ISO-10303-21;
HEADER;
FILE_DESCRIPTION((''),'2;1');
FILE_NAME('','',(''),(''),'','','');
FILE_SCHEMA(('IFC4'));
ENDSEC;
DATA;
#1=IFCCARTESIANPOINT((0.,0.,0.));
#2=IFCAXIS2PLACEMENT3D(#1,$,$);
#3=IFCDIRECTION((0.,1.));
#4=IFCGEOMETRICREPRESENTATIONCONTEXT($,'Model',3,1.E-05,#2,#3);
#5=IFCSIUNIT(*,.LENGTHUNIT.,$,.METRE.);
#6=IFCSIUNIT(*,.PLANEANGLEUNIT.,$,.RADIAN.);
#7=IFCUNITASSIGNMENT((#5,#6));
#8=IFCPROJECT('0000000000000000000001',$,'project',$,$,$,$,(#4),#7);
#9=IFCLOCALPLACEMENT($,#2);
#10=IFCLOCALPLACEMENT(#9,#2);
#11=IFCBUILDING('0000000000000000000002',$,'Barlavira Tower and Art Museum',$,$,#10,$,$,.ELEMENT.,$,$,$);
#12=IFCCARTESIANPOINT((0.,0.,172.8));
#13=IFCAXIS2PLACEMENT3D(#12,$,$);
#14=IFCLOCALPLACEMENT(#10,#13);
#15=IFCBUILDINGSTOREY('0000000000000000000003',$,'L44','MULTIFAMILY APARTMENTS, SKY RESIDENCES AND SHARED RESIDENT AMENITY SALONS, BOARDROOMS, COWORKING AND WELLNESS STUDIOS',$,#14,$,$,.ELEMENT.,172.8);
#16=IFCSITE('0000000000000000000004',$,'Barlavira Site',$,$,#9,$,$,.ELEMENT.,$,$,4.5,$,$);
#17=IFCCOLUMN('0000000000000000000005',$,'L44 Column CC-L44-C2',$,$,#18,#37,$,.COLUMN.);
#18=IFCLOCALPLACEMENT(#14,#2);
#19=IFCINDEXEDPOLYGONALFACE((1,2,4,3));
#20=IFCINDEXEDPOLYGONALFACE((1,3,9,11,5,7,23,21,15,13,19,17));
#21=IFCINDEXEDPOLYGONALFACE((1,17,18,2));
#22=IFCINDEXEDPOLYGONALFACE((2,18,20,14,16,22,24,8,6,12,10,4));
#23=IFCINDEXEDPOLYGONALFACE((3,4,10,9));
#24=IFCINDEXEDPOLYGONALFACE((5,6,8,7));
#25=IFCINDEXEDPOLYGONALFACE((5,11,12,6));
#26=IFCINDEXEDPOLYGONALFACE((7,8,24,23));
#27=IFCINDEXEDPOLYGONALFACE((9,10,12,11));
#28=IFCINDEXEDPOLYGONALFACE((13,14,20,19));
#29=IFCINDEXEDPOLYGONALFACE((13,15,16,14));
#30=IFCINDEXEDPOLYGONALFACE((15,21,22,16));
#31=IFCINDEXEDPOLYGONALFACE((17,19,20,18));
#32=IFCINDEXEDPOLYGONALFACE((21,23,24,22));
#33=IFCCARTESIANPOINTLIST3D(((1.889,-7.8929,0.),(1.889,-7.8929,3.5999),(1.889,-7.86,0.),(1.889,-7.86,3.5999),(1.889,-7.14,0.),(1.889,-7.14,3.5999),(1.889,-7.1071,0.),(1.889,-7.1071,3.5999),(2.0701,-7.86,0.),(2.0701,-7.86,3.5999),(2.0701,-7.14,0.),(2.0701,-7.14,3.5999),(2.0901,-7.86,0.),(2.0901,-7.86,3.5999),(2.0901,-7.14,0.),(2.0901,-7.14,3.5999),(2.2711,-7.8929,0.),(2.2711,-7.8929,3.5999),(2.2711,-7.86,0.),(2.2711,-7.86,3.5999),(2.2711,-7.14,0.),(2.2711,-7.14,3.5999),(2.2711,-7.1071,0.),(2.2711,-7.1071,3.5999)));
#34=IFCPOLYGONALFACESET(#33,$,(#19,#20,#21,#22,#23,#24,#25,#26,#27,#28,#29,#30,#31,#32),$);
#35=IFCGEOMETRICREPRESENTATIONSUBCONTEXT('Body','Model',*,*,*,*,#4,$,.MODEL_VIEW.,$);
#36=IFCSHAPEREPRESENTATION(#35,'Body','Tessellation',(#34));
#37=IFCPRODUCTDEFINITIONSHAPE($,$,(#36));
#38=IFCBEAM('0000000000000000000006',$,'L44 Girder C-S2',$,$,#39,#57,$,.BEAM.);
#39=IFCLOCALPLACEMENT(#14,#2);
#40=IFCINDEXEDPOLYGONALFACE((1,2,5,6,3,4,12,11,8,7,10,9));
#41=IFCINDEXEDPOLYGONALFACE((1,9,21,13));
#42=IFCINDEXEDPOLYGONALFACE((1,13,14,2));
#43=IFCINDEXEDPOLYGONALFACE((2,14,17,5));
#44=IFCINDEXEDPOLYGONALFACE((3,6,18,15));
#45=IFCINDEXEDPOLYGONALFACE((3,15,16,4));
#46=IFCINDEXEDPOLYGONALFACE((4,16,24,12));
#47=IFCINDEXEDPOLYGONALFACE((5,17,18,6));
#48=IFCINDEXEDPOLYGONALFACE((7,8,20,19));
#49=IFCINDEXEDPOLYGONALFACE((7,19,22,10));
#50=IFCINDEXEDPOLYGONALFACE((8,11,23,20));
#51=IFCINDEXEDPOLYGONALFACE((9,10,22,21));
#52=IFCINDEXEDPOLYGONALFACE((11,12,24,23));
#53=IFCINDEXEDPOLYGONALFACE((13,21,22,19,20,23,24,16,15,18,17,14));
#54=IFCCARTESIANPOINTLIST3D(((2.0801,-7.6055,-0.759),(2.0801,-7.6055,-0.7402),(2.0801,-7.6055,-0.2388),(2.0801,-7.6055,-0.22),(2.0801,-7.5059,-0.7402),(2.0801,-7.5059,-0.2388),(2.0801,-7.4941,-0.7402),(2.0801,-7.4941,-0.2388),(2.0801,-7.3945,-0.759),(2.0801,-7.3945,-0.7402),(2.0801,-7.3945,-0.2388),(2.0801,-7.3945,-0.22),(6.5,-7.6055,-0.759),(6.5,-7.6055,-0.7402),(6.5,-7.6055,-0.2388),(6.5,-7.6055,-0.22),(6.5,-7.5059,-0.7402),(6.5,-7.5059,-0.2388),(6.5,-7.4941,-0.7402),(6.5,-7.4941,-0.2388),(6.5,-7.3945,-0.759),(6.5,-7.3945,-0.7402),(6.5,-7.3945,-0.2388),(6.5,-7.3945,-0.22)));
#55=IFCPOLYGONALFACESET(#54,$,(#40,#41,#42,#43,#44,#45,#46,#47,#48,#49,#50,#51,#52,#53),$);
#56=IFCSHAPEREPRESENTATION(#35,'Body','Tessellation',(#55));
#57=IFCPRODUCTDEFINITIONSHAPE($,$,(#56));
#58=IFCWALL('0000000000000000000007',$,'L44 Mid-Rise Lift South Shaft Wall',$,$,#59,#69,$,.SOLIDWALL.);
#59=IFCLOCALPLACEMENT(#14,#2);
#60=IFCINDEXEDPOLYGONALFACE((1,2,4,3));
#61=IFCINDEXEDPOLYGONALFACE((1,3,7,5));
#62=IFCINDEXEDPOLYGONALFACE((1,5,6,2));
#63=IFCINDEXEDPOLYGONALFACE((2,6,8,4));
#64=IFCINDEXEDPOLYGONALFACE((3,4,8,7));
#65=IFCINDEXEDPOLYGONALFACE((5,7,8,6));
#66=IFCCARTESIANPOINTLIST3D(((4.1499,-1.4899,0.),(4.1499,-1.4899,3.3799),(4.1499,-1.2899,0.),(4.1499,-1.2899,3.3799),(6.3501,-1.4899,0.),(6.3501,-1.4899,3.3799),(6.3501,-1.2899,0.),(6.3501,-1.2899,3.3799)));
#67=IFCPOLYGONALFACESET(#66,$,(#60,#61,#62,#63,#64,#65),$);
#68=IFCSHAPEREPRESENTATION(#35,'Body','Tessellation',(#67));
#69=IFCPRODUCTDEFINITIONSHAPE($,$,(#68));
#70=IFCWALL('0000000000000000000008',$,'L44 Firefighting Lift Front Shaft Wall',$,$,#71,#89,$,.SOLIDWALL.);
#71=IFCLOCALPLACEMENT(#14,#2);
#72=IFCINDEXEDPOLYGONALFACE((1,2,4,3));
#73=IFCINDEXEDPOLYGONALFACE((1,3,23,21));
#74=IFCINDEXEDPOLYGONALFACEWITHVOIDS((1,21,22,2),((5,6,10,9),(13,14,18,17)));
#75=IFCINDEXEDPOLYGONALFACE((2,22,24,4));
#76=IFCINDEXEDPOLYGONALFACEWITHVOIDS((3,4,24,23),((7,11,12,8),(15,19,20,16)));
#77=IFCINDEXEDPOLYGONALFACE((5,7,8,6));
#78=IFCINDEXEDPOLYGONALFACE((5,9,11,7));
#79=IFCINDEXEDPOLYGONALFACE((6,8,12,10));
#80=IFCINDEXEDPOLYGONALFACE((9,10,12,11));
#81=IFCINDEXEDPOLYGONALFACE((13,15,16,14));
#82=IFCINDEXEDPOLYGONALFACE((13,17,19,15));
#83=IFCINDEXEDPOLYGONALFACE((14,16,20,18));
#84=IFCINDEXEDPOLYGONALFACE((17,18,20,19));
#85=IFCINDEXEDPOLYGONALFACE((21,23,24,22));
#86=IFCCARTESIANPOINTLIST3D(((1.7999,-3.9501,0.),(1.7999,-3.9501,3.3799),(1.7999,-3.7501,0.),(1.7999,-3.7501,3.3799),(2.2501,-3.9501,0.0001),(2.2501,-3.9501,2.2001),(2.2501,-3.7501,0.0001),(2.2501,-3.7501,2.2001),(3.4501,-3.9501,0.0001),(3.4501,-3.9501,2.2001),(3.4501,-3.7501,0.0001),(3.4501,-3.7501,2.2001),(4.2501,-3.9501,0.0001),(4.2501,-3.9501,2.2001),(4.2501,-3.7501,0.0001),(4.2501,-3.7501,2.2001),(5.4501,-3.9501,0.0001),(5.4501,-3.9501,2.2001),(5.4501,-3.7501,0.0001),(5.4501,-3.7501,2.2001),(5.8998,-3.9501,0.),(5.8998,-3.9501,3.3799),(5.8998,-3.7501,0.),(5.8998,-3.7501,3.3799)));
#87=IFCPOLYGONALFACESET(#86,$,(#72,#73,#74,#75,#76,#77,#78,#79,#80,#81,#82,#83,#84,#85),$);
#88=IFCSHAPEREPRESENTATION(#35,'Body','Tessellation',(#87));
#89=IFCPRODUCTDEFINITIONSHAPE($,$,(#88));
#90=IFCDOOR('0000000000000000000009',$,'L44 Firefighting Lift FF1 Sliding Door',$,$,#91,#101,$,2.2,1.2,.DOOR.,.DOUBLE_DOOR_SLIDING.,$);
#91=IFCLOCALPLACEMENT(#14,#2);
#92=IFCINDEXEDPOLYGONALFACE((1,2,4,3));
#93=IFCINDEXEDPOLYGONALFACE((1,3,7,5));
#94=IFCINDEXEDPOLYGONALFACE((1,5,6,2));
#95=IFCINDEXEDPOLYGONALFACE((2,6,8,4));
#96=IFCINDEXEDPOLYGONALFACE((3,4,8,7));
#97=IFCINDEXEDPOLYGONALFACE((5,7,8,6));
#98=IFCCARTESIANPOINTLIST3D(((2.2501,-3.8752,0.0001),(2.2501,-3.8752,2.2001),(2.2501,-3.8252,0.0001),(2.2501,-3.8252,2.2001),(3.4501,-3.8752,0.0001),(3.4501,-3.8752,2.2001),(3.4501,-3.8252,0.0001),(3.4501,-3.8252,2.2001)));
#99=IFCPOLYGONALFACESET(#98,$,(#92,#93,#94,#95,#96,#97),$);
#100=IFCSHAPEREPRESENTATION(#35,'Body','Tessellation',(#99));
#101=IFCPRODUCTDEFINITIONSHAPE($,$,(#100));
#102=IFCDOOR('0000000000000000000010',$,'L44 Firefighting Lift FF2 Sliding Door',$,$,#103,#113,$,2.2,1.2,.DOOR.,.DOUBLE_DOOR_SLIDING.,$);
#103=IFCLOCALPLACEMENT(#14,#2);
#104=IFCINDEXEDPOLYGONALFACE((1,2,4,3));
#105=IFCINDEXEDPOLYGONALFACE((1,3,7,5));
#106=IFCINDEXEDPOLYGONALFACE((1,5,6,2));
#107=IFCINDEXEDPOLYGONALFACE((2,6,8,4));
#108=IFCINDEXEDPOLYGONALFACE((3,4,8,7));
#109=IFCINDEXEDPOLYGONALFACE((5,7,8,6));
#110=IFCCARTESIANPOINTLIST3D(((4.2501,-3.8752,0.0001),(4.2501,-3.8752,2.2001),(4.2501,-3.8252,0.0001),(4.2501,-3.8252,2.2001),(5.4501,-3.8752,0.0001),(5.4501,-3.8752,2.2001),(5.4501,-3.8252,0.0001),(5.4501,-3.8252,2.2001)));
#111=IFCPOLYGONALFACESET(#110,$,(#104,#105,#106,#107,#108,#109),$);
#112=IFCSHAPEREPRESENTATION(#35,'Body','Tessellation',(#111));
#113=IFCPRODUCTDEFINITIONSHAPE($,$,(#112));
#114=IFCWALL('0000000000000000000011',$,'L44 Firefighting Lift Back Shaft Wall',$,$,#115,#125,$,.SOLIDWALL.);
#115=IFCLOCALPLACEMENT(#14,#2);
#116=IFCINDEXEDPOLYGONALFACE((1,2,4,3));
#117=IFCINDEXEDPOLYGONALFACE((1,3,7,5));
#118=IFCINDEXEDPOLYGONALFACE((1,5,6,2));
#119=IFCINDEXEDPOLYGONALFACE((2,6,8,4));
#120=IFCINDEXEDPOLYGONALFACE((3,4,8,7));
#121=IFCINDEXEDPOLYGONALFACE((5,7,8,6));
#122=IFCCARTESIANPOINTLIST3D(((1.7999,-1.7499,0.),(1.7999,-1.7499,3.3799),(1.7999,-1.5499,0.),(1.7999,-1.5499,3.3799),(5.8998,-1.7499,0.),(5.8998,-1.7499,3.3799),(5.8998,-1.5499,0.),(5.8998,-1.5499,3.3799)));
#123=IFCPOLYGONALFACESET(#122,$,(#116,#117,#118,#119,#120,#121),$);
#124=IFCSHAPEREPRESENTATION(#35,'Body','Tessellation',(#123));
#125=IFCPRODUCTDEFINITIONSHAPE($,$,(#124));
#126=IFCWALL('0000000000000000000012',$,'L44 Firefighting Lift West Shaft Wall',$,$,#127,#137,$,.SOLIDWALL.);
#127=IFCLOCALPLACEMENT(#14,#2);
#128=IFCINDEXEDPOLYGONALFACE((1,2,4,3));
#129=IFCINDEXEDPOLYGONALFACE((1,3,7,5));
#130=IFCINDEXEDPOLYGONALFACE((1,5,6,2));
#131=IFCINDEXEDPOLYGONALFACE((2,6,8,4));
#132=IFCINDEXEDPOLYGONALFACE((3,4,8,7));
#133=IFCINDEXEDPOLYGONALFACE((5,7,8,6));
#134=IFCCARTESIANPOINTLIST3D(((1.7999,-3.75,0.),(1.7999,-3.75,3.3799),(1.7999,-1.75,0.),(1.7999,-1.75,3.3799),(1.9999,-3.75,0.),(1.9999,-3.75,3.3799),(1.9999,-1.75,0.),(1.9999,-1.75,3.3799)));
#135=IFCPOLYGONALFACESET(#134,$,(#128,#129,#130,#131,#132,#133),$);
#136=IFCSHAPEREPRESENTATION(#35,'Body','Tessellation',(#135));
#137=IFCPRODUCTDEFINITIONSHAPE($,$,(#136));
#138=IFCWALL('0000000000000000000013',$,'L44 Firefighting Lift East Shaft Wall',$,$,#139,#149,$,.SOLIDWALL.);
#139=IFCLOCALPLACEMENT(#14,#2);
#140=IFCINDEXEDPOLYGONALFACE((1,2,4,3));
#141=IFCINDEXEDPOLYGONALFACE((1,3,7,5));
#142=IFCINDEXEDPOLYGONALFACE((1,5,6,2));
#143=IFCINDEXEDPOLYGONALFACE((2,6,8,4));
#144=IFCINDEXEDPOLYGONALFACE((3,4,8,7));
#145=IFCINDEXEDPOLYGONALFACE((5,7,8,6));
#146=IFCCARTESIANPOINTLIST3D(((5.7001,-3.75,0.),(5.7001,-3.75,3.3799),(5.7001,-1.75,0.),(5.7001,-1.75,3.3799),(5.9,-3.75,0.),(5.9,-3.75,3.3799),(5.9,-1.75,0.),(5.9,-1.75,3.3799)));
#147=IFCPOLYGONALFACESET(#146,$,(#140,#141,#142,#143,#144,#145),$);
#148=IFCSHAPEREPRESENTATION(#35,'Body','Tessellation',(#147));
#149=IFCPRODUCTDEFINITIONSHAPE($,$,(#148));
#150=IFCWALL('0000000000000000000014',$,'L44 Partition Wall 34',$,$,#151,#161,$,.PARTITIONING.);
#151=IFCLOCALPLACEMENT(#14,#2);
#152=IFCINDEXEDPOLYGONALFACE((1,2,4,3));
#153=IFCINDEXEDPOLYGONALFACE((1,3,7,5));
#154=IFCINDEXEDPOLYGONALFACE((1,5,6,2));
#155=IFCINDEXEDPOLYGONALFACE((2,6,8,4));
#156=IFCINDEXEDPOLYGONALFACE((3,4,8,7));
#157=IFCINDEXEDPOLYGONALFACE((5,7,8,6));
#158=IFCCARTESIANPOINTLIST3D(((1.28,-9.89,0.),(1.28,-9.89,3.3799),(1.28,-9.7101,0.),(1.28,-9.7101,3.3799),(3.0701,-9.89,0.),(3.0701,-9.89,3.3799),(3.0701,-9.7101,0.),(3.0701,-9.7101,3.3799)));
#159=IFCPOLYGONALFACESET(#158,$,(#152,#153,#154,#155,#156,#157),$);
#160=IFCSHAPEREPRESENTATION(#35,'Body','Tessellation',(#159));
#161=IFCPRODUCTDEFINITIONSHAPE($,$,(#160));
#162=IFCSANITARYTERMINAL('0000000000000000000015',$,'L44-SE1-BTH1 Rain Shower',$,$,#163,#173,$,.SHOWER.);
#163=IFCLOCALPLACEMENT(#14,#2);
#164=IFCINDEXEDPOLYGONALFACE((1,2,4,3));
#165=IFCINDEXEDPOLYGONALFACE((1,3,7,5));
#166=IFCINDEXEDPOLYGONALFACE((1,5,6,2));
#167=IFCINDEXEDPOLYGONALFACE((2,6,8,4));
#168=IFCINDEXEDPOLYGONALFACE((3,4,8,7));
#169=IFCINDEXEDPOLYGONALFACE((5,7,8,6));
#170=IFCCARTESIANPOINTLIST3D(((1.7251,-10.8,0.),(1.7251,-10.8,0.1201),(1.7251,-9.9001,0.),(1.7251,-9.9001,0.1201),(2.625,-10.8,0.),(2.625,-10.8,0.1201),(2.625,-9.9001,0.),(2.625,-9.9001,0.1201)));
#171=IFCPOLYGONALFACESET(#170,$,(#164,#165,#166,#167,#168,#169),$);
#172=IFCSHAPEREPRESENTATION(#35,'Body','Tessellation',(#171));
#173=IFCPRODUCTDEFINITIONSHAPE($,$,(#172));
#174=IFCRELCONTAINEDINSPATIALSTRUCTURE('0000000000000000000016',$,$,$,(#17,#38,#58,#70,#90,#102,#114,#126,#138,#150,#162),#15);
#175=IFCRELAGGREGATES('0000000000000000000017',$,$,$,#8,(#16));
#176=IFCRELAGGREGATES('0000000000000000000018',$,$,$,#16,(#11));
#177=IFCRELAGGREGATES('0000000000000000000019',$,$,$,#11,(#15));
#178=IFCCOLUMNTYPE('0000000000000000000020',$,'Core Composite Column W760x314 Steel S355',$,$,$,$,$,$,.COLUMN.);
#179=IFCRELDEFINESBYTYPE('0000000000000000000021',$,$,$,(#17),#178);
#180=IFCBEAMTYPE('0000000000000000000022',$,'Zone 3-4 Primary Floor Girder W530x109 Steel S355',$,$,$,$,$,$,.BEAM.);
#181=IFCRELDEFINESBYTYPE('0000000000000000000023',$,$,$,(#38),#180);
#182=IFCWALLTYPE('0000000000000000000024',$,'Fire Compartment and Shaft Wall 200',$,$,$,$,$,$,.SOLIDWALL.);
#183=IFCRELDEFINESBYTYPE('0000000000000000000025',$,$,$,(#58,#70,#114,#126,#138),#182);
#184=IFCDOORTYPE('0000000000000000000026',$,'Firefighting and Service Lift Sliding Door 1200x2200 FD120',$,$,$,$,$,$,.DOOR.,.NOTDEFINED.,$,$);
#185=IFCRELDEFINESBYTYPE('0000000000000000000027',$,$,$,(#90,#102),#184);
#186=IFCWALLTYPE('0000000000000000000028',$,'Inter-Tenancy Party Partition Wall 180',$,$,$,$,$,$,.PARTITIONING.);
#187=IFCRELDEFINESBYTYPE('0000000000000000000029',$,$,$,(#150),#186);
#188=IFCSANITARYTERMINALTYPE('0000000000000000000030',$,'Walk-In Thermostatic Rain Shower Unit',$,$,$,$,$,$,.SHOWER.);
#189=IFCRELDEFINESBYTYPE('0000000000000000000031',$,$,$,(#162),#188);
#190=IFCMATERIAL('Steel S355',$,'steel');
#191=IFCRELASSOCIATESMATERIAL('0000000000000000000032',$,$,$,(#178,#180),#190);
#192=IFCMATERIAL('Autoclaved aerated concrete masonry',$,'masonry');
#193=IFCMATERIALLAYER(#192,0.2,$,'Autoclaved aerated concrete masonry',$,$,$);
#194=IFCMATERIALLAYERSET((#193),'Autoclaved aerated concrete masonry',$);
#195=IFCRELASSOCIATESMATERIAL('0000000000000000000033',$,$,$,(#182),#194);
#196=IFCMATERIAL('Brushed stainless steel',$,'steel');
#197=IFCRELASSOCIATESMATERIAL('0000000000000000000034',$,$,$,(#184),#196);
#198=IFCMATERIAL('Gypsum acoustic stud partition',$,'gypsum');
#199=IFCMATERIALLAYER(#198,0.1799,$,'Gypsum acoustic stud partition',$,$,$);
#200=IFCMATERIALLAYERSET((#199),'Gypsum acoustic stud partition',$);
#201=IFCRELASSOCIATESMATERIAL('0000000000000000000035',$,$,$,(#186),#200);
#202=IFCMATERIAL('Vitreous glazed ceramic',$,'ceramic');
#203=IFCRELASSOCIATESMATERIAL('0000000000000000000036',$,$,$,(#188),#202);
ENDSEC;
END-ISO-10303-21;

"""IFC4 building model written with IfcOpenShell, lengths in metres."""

from ifc_helpers import new_model, si_unit, direction, frame, frame_2d, origin, origin_2d, place, context, subcontext, project, spatial, rectangle, i_section, extrude, material, layer, layer_set, material_profile, profile_set, type_object, element, fill, save


model = new_model("IFC4")

# Units and contexts
model_context = context("Model", 3, precision=1e-05, world=origin(), true_north=direction((0.0, 1.0)))
body_context = subcontext(model_context, "Body", "Model", "MODEL_VIEW")
ifc_project = project(units=[si_unit("LENGTHUNIT", "METRE"), si_unit("PLANEANGLEUNIT", "RADIAN")], contexts=[model_context])

# Site, building, storey
site_placement = place(None, origin())
site = spatial("IfcSite", under=ifc_project, at=site_placement, Name="Barlavira Site", CompositionType="ELEMENT", RefElevation=4.5)
building_placement = place(site_placement, origin())
building = spatial("IfcBuilding", under=site, at=building_placement, Name="Barlavira Tower and Art Museum", CompositionType="ELEMENT")
storey_placement = place(building_placement, frame((0.0, 0.0, 172.8)))
storey = spatial("IfcBuildingStorey", under=building, at=storey_placement, Name="L44", Description="MULTIFAMILY APARTMENTS, SKY RESIDENCES AND SHARED RESIDENT AMENITY SALONS, BOARDROOMS, COWORKING AND WELLNESS STUDIOS", CompositionType="ELEMENT", Elevation=172.8)

# Column
ifc_material_1 = material(Name="Steel S355", Category="steel")
ifc_material_profile_1 = material_profile(ifc_material_1, i_section(OverallWidth=0.3821, OverallDepth=0.7859, WebThickness=0.02, FlangeThickness=0.033, at=origin_2d()), Name="W760x314.0")
ifc_profile_set_1 = profile_set([ifc_material_profile_1], Name="Steel S355")
column_type = type_object("IfcColumnType", Name="Core Composite Column W760x314 Steel S355", PredefinedType="COLUMN", material=ifc_profile_set_1)
column_placement = place(storey_placement, frame((2.0801, -7.5, 0.0), z_axis=(0.0, 0.0, 1.0), x_axis=(1.0, 0.0, 0.0)))
element("IfcColumn", 1, at=column_placement, inside=storey, type_object=column_type, Name="L44 Column CC-L44-C2", PredefinedType="COLUMN", context=body_context, shape_type="SweptSolid", body=[
    extrude(i_section(OverallWidth=0.3821, OverallDepth=0.7859, WebThickness=0.02, FlangeThickness=0.033, at=origin_2d()), origin(), (0.0, 0.0, 1.0), 3.5999),
])

# Beam
ifc_material_profile_2 = material_profile(ifc_material_1, i_section(OverallWidth=0.2109, OverallDepth=0.5391, WebThickness=0.0117, FlangeThickness=0.0188, at=origin_2d()), Name="W530x109.0")
ifc_profile_set_2 = profile_set([ifc_material_profile_2], Name="Steel S355")
beam_type = type_object("IfcBeamType", Name="Zone 3-4 Primary Floor Girder W530x109 Steel S355", PredefinedType="BEAM", material=ifc_profile_set_2)
beam_placement = place(storey_placement, frame((2.0801, -7.5, -0.4895), z_axis=(1.0, 0.0, 0.0), x_axis=(0.0, 1.0, 0.0)))
element("IfcBeam", 2, at=beam_placement, inside=storey, type_object=beam_type, Name="L44 Girder C-S2", PredefinedType="BEAM", context=body_context, shape_type="SweptSolid", body=[
    extrude(i_section(OverallWidth=0.2109, OverallDepth=0.5391, WebThickness=0.0117, FlangeThickness=0.0188, at=origin_2d()), origin(), (0.0, 0.0, 1.0), 4.4199),
])

# Shared definitions
ifc_material_2 = material(Name="Autoclaved aerated concrete masonry", Category="masonry")
ifc_layer_1 = layer(ifc_material_2, 0.2, Name="Autoclaved aerated concrete masonry")
ifc_layer_set_1 = layer_set([ifc_layer_1], Name="Autoclaved aerated concrete masonry")
wall_type_1 = type_object("IfcWallType", Name="Fire Compartment and Shaft Wall 200", PredefinedType="SOLIDWALL", material=ifc_layer_set_1)
ifc_material_3 = material(Name="Brushed stainless steel", Category="steel")

# Wall
wall_1_placement = place(storey_placement, frame((4.1499, -1.3899, 0.0), z_axis=(0.0, 0.0, 1.0), x_axis=(1.0, 0.0, 0.0)))
element("IfcWall", 3, at=wall_1_placement, inside=storey, type_object=wall_type_1, Name="L44 Mid-Rise Lift South Shaft Wall", PredefinedType="SOLIDWALL", context=body_context, shape_type="SweptSolid", body=[
    extrude(rectangle(XDim=2.2002, YDim=0.2, at=frame_2d((1.1001, 0.0))), origin(), (0.0, 0.0, 1.0), 3.3799),
])

# Wall, openings, doors
wall_2_placement = place(storey_placement, frame((1.8, -3.8501, 0.0), z_axis=(0.0, 0.0, 1.0), x_axis=(1.0, 0.0, 0.0)))
wall_2 = element("IfcWall", 4, at=wall_2_placement, inside=storey, type_object=wall_type_1, Name="L44 Firefighting Lift Front Shaft Wall", PredefinedType="SOLIDWALL", context=body_context, shape_type="SweptSolid", body=[
    extrude(rectangle(XDim=4.0999, YDim=0.2, at=frame_2d((2.0498, 0.0))), origin(), (0.0, 0.0, 1.0), 3.3799),
])
opening_1_placement = place(wall_2_placement, frame((0.45, 0.0, 0.0)))
opening_1 = element("IfcOpeningElement", 5, at=opening_1_placement, cuts=wall_2, PredefinedType="OPENING", context=body_context, shape_type="SweptSolid", body=[
    extrude(rectangle(XDim=1.2, YDim=2.2, at=frame_2d((0.6001, 1.1001))), frame((0.0, 0.1099, 0.0), z_axis=(0.0, -1.0, 0.0), x_axis=(1.0, 0.0, 0.0)), (0.0, 0.0, 1.0), 0.22),
])
opening_2_placement = place(wall_2_placement, frame((2.45, 0.0, 0.0)))
opening_2 = element("IfcOpeningElement", 6, at=opening_2_placement, cuts=wall_2, PredefinedType="OPENING", context=body_context, shape_type="SweptSolid", body=[
    extrude(rectangle(XDim=1.2, YDim=2.2, at=frame_2d((0.6001, 1.1001))), frame((0.0, 0.1099, 0.0), z_axis=(0.0, -1.0, 0.0), x_axis=(1.0, 0.0, 0.0)), (0.0, 0.0, 1.0), 0.22),
])
door_type_1 = type_object("IfcDoorType", Name="Firefighting and Service Lift Sliding Door 1200x2200 FD120", OperationType="NOTDEFINED", PredefinedType="DOOR", material=ifc_material_3)
door_1_placement = place(opening_1_placement, origin())
door_1 = element("IfcDoor", 7, at=door_1_placement, inside=storey, type_object=door_type_1, Name="L44 Firefighting Lift FF1 Sliding Door", OperationType="DOUBLE_DOOR_SLIDING", OverallHeight=2.2, OverallWidth=1.2, PredefinedType="DOOR", context=body_context, shape_type="SweptSolid", body=[
    extrude(rectangle(XDim=1.2, YDim=2.2, at=frame_2d((0.6001, 1.1001))), frame((0.0, 0.0249, 0.0), z_axis=(0.0, -1.0, 0.0), x_axis=(1.0, 0.0, 0.0)), (0.0, 0.0, 1.0), 0.05),
])
fill(opening_1, door_1)
door_2_placement = place(opening_2_placement, origin())
door_2 = element("IfcDoor", 8, at=door_2_placement, inside=storey, type_object=door_type_1, Name="L44 Firefighting Lift FF2 Sliding Door", OperationType="DOUBLE_DOOR_SLIDING", OverallHeight=2.2, OverallWidth=1.2, PredefinedType="DOOR", context=body_context, shape_type="SweptSolid", body=[
    extrude(rectangle(XDim=1.2, YDim=2.2, at=frame_2d((0.6001, 1.1001))), frame((0.0, 0.0249, 0.0), z_axis=(0.0, -1.0, 0.0), x_axis=(1.0, 0.0, 0.0)), (0.0, 0.0, 1.0), 0.05),
])
fill(opening_2, door_2)

# Walls
wall_3_placement = place(storey_placement, frame((1.8, -1.6499, 0.0), z_axis=(0.0, 0.0, 1.0), x_axis=(1.0, 0.0, 0.0)))
element("IfcWall", 9, at=wall_3_placement, inside=storey, type_object=wall_type_1, Name="L44 Firefighting Lift Back Shaft Wall", PredefinedType="SOLIDWALL", context=body_context, shape_type="SweptSolid", body=[
    extrude(rectangle(XDim=4.0999, YDim=0.2, at=frame_2d((2.0498, 0.0))), origin(), (0.0, 0.0, 1.0), 3.3799),
])
for number, where, z_axis, x_axis, name in (
    (10, (1.8999, -3.75, 0.0), (0.0, 0.0, 1.0), (0.0, 1.0, 0.0), "L44 Firefighting Lift West Shaft Wall"),
    (11, (5.8, -3.75, 0.0), (0.0, 0.0, 1.0), (0.0, 1.0, 0.0), "L44 Firefighting Lift East Shaft Wall"),
):
    element("IfcWall", number, at=place(storey_placement, frame(where, z_axis=z_axis, x_axis=x_axis)), inside=storey, type_object=wall_type_1, Name=name, PredefinedType="SOLIDWALL", context=body_context, shape_type="SweptSolid", body=[
        extrude(rectangle(XDim=2.0, YDim=0.2, at=frame_2d((1.0, 0.0))), origin(), (0.0, 0.0, 1.0), 3.3799),
    ])
ifc_material_4 = material(Name="Gypsum acoustic stud partition", Category="gypsum")
ifc_layer_2 = layer(ifc_material_4, 0.1799, Name="Gypsum acoustic stud partition")
ifc_layer_set_2 = layer_set([ifc_layer_2], Name="Gypsum acoustic stud partition")
wall_type_2 = type_object("IfcWallType", Name="Inter-Tenancy Party Partition Wall 180", PredefinedType="PARTITIONING", material=ifc_layer_set_2)
wall_4_placement = place(storey_placement, frame((1.28, -9.8, 0.0), z_axis=(0.0, 0.0, 1.0), x_axis=(1.0, 0.0, 0.0)))
element("IfcWall", 12, at=wall_4_placement, inside=storey, type_object=wall_type_2, Name="L44 Partition Wall 34", PredefinedType="PARTITIONING", context=body_context, shape_type="SweptSolid", body=[
    extrude(rectangle(XDim=1.79, YDim=0.1799, at=frame_2d((0.895, 0.0))), origin(), (0.0, 0.0, 1.0), 3.3799),
])

# Sanitary terminal
ifc_material_5 = material(Name="Vitreous glazed ceramic", Category="ceramic")
sanitary_terminal_type = type_object("IfcSanitaryTerminalType", Name="Walk-In Thermostatic Rain Shower Unit", PredefinedType="SHOWER", material=ifc_material_5)
sanitary_terminal_placement = place(storey_placement, frame((2.175, -10.3501, 0.0), z_axis=(0.0, 0.0, 1.0), x_axis=(1.0, 0.0, 0.0)))
element("IfcSanitaryTerminal", 13, at=sanitary_terminal_placement, inside=storey, type_object=sanitary_terminal_type, Name="L44-SE1-BTH1 Rain Shower", PredefinedType="SHOWER", context=body_context, shape_type="SweptSolid", body=[
    extrude(rectangle(XDim=0.8999, YDim=0.8999, at=origin_2d()), origin(), (0.0, 0.0, 1.0), 0.1201),
])

save(model, "model.ifc")
